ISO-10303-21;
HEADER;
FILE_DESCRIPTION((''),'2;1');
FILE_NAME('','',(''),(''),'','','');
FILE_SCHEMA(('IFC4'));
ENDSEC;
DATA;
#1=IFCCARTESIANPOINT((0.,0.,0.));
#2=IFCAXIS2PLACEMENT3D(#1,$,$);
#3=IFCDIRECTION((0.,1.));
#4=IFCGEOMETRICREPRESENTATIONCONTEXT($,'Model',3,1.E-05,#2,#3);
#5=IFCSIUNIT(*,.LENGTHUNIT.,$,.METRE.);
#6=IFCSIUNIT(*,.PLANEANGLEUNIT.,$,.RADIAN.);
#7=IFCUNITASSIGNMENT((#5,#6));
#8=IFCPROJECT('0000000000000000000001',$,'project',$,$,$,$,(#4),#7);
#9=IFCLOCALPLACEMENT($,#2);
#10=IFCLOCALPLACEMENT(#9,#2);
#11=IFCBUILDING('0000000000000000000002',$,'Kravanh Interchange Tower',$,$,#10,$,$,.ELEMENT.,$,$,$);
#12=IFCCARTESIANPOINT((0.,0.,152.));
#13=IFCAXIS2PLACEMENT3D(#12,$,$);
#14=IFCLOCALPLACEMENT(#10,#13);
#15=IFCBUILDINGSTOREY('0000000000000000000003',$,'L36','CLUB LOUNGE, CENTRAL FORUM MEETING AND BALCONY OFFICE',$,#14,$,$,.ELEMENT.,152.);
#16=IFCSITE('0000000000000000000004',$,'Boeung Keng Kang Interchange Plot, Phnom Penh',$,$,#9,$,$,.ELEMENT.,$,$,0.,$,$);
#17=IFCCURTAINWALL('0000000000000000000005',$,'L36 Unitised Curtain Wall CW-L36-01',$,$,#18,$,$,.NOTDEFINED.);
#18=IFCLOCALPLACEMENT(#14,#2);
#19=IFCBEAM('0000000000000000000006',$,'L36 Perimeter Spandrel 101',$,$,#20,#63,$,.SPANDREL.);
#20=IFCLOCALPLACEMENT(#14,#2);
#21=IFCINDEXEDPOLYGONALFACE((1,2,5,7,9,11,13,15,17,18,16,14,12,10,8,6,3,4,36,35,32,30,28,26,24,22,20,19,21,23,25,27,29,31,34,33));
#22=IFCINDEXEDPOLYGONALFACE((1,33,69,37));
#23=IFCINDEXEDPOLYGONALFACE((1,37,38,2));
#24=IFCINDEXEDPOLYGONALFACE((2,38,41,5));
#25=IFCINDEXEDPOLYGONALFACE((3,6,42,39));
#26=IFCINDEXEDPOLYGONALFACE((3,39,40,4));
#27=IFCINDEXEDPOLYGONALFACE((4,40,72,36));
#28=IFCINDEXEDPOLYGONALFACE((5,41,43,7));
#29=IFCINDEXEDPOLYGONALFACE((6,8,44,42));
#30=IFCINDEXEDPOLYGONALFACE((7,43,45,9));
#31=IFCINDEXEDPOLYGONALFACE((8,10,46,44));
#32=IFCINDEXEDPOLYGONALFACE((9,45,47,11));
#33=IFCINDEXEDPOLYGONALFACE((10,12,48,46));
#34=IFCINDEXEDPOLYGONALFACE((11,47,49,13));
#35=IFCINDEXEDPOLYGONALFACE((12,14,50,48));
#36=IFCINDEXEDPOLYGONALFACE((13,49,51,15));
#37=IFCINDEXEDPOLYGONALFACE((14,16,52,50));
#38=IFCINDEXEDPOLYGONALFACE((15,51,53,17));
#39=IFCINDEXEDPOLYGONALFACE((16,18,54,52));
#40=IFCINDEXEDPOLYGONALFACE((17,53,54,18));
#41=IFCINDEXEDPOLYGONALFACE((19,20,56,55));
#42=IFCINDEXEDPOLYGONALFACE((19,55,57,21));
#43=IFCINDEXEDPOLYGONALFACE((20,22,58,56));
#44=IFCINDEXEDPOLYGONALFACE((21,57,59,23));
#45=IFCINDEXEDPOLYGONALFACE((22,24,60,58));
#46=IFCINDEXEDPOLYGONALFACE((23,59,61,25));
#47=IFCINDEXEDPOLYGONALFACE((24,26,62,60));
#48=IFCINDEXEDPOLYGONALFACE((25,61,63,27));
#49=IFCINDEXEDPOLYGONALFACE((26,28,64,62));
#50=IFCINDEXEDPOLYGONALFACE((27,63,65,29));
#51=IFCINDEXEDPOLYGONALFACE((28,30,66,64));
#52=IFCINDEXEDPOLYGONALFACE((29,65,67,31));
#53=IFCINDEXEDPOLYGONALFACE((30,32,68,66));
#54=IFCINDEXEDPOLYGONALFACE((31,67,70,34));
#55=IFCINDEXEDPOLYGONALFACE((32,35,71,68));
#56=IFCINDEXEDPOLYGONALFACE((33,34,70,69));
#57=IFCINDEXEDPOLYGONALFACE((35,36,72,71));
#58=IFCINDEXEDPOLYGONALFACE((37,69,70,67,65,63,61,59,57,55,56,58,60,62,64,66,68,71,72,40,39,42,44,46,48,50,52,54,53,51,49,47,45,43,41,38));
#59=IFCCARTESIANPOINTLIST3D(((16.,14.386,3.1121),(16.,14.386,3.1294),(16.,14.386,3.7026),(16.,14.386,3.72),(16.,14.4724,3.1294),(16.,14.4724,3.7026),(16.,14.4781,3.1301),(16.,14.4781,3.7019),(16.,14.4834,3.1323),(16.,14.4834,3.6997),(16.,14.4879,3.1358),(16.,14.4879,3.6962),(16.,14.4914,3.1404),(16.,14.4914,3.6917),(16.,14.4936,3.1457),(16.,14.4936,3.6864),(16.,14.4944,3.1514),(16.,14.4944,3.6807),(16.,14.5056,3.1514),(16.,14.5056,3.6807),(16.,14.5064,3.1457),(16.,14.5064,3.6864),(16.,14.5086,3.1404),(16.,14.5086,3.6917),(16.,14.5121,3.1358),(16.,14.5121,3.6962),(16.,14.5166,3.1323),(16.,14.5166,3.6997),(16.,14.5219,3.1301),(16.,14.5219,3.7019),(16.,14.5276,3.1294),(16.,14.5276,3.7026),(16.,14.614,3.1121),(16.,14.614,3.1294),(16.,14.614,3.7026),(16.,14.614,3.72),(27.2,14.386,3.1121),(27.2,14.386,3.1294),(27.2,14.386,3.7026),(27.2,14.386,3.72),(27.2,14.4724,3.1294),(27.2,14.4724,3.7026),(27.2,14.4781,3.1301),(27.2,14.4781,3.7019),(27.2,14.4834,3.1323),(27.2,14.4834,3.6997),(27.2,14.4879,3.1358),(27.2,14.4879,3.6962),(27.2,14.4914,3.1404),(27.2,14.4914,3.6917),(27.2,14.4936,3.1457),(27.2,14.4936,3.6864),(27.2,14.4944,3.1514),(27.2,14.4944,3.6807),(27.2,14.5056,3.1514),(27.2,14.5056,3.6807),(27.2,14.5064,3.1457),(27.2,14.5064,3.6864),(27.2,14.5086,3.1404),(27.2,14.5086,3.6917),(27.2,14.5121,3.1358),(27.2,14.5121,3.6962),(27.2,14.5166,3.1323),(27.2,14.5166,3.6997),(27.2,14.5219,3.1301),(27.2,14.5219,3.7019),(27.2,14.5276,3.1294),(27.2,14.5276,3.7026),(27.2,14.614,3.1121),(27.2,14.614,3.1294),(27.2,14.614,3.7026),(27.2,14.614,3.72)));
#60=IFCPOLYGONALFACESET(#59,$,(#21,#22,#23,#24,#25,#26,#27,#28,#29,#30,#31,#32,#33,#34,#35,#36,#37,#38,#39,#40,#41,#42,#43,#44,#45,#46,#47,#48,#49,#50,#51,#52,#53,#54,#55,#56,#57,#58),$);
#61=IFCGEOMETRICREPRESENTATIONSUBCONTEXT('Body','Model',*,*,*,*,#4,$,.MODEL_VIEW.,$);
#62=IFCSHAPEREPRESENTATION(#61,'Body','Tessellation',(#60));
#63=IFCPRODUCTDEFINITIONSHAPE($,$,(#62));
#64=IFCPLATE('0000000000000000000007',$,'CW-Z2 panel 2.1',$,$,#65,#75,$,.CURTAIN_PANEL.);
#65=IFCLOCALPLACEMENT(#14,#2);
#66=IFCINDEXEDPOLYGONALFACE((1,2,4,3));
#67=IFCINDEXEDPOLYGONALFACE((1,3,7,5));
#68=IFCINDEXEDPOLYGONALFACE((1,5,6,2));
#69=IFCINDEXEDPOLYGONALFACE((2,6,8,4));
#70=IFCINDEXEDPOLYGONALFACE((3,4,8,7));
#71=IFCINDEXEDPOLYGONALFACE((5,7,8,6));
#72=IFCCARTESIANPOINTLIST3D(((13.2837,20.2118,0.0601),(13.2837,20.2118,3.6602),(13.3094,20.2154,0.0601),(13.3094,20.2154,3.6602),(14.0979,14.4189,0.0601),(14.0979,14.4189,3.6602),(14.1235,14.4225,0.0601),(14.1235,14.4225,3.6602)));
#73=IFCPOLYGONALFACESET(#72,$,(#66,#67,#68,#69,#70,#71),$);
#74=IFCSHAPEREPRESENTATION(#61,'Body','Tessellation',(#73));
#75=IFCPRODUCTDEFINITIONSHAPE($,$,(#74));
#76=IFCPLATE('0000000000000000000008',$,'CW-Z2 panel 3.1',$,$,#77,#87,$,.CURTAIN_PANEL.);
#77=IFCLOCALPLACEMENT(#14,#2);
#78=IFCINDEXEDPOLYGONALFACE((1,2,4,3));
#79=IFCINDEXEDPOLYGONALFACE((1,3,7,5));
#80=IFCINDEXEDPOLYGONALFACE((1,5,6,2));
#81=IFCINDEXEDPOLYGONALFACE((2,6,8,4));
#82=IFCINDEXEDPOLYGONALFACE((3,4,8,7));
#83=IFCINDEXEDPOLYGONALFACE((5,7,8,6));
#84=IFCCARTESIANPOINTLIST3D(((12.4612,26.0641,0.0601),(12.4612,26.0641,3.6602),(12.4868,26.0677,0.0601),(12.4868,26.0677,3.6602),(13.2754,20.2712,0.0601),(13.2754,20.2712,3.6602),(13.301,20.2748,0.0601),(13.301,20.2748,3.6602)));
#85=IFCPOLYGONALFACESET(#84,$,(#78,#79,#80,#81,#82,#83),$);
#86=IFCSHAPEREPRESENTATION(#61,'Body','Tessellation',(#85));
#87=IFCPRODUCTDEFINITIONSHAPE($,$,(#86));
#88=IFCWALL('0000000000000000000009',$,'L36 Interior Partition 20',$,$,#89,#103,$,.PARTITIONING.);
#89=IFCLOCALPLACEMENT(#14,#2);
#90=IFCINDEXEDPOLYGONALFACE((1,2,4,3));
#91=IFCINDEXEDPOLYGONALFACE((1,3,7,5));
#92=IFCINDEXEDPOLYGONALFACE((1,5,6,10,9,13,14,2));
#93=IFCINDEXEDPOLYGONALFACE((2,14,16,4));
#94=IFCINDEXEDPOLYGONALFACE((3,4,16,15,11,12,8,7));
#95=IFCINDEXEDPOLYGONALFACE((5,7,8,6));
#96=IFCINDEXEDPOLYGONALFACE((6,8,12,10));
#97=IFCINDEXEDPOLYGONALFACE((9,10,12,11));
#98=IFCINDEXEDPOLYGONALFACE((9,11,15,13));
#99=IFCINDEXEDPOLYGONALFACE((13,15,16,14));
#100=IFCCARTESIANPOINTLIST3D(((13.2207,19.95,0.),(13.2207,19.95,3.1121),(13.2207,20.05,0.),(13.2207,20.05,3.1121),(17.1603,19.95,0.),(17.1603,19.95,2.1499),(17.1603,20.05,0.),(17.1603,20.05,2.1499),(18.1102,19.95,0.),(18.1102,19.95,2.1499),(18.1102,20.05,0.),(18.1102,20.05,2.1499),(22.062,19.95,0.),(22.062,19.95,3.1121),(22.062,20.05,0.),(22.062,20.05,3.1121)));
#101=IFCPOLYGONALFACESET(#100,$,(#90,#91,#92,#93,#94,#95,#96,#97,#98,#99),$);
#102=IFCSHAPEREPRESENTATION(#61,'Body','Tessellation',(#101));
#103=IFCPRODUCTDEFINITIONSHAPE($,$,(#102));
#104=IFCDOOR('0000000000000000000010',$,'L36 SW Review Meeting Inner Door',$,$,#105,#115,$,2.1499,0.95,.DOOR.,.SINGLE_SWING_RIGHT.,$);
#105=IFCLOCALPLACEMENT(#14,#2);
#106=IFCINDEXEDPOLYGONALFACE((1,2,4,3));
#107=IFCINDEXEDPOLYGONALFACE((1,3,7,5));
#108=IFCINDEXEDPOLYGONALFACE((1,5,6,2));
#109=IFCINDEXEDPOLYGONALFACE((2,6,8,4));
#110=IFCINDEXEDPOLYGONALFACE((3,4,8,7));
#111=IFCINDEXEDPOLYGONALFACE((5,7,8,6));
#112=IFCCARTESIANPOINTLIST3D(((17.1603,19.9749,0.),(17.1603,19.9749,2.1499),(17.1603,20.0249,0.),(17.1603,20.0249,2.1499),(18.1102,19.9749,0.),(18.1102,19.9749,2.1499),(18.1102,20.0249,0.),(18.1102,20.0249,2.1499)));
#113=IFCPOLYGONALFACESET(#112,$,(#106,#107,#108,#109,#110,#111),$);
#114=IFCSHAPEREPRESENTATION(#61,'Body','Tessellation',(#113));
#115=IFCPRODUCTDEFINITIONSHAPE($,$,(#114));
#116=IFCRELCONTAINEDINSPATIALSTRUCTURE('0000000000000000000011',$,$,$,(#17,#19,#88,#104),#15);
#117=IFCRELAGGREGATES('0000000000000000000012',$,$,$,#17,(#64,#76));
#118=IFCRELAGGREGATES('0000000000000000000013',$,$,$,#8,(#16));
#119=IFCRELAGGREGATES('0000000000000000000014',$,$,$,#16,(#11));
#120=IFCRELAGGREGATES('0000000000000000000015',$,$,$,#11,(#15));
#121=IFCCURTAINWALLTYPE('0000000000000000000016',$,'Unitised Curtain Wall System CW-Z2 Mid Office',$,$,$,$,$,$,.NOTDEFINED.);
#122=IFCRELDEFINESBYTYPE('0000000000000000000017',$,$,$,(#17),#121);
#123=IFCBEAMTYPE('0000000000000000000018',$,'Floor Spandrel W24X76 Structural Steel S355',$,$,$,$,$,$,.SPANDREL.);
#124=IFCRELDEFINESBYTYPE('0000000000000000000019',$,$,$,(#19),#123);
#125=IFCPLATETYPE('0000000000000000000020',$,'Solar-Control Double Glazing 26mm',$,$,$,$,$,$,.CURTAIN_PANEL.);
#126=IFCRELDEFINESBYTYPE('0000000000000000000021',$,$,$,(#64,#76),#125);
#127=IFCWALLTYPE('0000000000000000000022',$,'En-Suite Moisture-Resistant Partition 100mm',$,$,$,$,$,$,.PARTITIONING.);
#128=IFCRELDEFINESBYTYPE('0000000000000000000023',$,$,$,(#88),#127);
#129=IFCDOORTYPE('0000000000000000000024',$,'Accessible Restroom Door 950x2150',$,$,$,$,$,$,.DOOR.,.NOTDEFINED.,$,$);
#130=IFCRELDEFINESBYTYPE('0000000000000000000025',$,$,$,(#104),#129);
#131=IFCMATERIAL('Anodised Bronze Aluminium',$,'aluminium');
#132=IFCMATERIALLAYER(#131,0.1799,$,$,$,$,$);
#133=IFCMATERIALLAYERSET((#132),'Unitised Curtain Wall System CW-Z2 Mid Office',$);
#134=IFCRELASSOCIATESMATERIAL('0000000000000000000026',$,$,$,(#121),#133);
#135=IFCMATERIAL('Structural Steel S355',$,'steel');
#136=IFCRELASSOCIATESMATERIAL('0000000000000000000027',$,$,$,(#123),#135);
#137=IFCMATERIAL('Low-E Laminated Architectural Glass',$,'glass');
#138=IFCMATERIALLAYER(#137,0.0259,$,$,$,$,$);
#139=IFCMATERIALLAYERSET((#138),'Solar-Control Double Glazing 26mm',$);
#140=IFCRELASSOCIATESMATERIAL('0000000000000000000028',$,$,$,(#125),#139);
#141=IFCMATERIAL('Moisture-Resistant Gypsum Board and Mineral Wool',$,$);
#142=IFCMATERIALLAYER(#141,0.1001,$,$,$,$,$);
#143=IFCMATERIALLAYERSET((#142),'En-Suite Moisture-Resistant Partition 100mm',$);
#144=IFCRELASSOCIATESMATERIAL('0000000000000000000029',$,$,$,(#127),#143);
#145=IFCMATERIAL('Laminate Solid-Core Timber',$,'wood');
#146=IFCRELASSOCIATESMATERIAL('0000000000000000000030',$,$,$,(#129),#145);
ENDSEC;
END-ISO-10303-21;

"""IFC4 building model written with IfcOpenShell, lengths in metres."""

from ifc_helpers import new_model, si_unit, direction, frame, frame_2d, origin, origin_2d, place, context, subcontext, project, spatial, rectangle, i_section, extrude, material, layer, layer_set, material_profile, profile_set, type_object, element, fill, aggregate, save


model = new_model("IFC4")

# Units and contexts
model_context = context("Model", 3, precision=1e-05, world=origin(), true_north=direction((0.0, 1.0)))
body_context = subcontext(model_context, "Body", "Model", "MODEL_VIEW")
ifc_project = project(units=[si_unit("LENGTHUNIT", "METRE"), si_unit("PLANEANGLEUNIT", "RADIAN")], contexts=[model_context])

# Site, building, storey
site_placement = place(None, origin())
site = spatial("IfcSite", under=ifc_project, at=site_placement, Name="Boeung Keng Kang Interchange Plot, Phnom Penh", CompositionType="ELEMENT", RefElevation=0.0)
building_placement = place(site_placement, origin())
building = spatial("IfcBuilding", under=site, at=building_placement, Name="Kravanh Interchange Tower", CompositionType="ELEMENT")
storey_placement = place(building_placement, frame((0.0, 0.0, 152.0)))
storey = spatial("IfcBuildingStorey", under=building, at=storey_placement, Name="L36", Description="CLUB LOUNGE, CENTRAL FORUM MEETING AND BALCONY OFFICE", CompositionType="ELEMENT", Elevation=152.0)

# Curtain wall
ifc_material_1 = material(Name="Anodised Bronze Aluminium", Category="aluminium")
ifc_layer_1 = layer(ifc_material_1, 0.1799)
ifc_layer_set_1 = layer_set([ifc_layer_1], Name="Unitised Curtain Wall System CW-Z2 Mid Office")
curtain_wall_type = type_object("IfcCurtainWallType", Name="Unitised Curtain Wall System CW-Z2 Mid Office", PredefinedType="NOTDEFINED", material=ifc_layer_set_1)
curtain_wall_placement = place(storey_placement, origin())
curtain_wall = element("IfcCurtainWall", 1, at=curtain_wall_placement, inside=storey, type_object=curtain_wall_type, Name="L36 Unitised Curtain Wall CW-L36-01", PredefinedType="NOTDEFINED")

# Beam
ifc_material_2 = material(Name="Structural Steel S355", Category="steel")
ifc_material_profile_1 = material_profile(ifc_material_2, i_section(OverallWidth=0.228, OverallDepth=0.6079, WebThickness=0.0112, FlangeThickness=0.0173, FilletRadius=0.022, at=origin_2d()), Name="W24X76")
ifc_profile_set_1 = profile_set([ifc_material_profile_1], Name="Structural Steel S355")
beam_type_1 = type_object("IfcBeamType", Name="Floor Spandrel W24X76 Structural Steel S355", PredefinedType="SPANDREL", material=ifc_profile_set_1)
beam_1_placement = place(storey_placement, frame((16.0, 14.5, 3.416), z_axis=(1.0, 0.0, 0.0), x_axis=(0.0, 1.0, 0.0)))
element("IfcBeam", 2, at=beam_1_placement, inside=storey, type_object=beam_type_1, Name="L36 Perimeter Spandrel 101", PredefinedType="SPANDREL", context=body_context, shape_type="SweptSolid", body=[
    extrude(i_section(OverallWidth=0.228, OverallDepth=0.6079, WebThickness=0.0112, FlangeThickness=0.0173, FilletRadius=0.022, at=origin_2d()), origin(), (0.0, 0.0, 1.0), 11.2),
])

# Plates
ifc_material_3 = material(Name="Low-E Laminated Architectural Glass", Category="glass")
ifc_layer_2 = layer(ifc_material_3, 0.0259)
ifc_layer_set_2 = layer_set([ifc_layer_2], Name="Solar-Control Double Glazing 26mm")
plate_type = type_object("IfcPlateType", Name="Solar-Control Double Glazing 26mm", PredefinedType="CURTAIN_PANEL", material=ifc_layer_set_2)
plate_1_placement = place(storey_placement, frame((13.7036, 17.3171, 0.0601), z_axis=(0.0, 0.0, 1.0), x_axis=(-0.139173, 0.990268, 0.0)))
plate_1 = element("IfcPlate", 3, at=plate_1_placement, type_object=plate_type, Name="CW-Z2 panel 2.1", PredefinedType="CURTAIN_PANEL", context=body_context, shape_type="SweptSolid", body=[
    extrude(rectangle(XDim=5.8499, YDim=0.0259, at=origin_2d()), origin(), (0.0, 0.0, 1.0), 3.6001),
])
plate_2_placement = place(storey_placement, frame((12.8811, 23.1694, 0.0601), z_axis=(0.0, 0.0, 1.0), x_axis=(-0.139173, 0.990268, 0.0)))
plate_2 = element("IfcPlate", 4, at=plate_2_placement, type_object=plate_type, Name="CW-Z2 panel 3.1", PredefinedType="CURTAIN_PANEL", context=body_context, shape_type="SweptSolid", body=[
    extrude(rectangle(XDim=5.8499, YDim=0.0259, at=origin_2d()), origin(), (0.0, 0.0, 1.0), 3.6001),
])
aggregate(curtain_wall, [plate_1, plate_2])

# Wall, opening, door
ifc_material_4 = material(Name="Moisture-Resistant Gypsum Board and Mineral Wool")
ifc_layer_3 = layer(ifc_material_4, 0.1001)
ifc_layer_set_3 = layer_set([ifc_layer_3], Name="En-Suite Moisture-Resistant Partition 100mm")
wall_type = type_object("IfcWallType", Name="En-Suite Moisture-Resistant Partition 100mm", PredefinedType="PARTITIONING", material=ifc_layer_set_3)
wall_placement = place(storey_placement, frame((13.2207, 20.0, 0.0), z_axis=(0.0, 0.0, 1.0), x_axis=(1.0, 0.0, 0.0)))
wall = element("IfcWall", 5, at=wall_placement, inside=storey, type_object=wall_type, Name="L36 Interior Partition 20", PredefinedType="PARTITIONING", context=body_context, shape_type="SweptSolid", body=[
    extrude(rectangle(XDim=8.8413, YDim=0.1001, at=frame_2d((4.4207, 0.0))), origin(), (0.0, 0.0, 1.0), 3.1121),
])
opening_placement = place(wall_placement, frame((3.9395, 0.0, 0.0)))
opening = element("IfcOpeningElement", 6, at=opening_placement, cuts=wall, PredefinedType="OPENING", context=body_context, shape_type="SweptSolid", body=[
    extrude(rectangle(XDim=0.95, YDim=2.1499, at=frame_2d((0.4751, 1.075))), frame((0.0, 0.0601, 0.0), z_axis=(0.0, -1.0, 0.0), x_axis=(1.0, 0.0, 0.0)), (0.0, 0.0, 1.0), 0.1201),
])
ifc_material_5 = material(Name="Laminate Solid-Core Timber", Category="wood")
door_type = type_object("IfcDoorType", Name="Accessible Restroom Door 950x2150", OperationType="NOTDEFINED", PredefinedType="DOOR", material=ifc_material_5)
door_placement = place(opening_placement, origin())
door = element("IfcDoor", 7, at=door_placement, inside=storey, type_object=door_type, Name="L36 SW Review Meeting Inner Door", OperationType="SINGLE_SWING_RIGHT", OverallHeight=2.1499, OverallWidth=0.95, PredefinedType="DOOR", context=body_context, shape_type="SweptSolid", body=[
    extrude(rectangle(XDim=0.95, YDim=2.1499, at=frame_2d((0.4751, 1.075))), frame((0.0, 0.0249, 0.0), z_axis=(0.0, -1.0, 0.0), x_axis=(1.0, 0.0, 0.0)), (0.0, 0.0, 1.0), 0.05),
])
fill(opening, door)

save(model, "model.ifc")
